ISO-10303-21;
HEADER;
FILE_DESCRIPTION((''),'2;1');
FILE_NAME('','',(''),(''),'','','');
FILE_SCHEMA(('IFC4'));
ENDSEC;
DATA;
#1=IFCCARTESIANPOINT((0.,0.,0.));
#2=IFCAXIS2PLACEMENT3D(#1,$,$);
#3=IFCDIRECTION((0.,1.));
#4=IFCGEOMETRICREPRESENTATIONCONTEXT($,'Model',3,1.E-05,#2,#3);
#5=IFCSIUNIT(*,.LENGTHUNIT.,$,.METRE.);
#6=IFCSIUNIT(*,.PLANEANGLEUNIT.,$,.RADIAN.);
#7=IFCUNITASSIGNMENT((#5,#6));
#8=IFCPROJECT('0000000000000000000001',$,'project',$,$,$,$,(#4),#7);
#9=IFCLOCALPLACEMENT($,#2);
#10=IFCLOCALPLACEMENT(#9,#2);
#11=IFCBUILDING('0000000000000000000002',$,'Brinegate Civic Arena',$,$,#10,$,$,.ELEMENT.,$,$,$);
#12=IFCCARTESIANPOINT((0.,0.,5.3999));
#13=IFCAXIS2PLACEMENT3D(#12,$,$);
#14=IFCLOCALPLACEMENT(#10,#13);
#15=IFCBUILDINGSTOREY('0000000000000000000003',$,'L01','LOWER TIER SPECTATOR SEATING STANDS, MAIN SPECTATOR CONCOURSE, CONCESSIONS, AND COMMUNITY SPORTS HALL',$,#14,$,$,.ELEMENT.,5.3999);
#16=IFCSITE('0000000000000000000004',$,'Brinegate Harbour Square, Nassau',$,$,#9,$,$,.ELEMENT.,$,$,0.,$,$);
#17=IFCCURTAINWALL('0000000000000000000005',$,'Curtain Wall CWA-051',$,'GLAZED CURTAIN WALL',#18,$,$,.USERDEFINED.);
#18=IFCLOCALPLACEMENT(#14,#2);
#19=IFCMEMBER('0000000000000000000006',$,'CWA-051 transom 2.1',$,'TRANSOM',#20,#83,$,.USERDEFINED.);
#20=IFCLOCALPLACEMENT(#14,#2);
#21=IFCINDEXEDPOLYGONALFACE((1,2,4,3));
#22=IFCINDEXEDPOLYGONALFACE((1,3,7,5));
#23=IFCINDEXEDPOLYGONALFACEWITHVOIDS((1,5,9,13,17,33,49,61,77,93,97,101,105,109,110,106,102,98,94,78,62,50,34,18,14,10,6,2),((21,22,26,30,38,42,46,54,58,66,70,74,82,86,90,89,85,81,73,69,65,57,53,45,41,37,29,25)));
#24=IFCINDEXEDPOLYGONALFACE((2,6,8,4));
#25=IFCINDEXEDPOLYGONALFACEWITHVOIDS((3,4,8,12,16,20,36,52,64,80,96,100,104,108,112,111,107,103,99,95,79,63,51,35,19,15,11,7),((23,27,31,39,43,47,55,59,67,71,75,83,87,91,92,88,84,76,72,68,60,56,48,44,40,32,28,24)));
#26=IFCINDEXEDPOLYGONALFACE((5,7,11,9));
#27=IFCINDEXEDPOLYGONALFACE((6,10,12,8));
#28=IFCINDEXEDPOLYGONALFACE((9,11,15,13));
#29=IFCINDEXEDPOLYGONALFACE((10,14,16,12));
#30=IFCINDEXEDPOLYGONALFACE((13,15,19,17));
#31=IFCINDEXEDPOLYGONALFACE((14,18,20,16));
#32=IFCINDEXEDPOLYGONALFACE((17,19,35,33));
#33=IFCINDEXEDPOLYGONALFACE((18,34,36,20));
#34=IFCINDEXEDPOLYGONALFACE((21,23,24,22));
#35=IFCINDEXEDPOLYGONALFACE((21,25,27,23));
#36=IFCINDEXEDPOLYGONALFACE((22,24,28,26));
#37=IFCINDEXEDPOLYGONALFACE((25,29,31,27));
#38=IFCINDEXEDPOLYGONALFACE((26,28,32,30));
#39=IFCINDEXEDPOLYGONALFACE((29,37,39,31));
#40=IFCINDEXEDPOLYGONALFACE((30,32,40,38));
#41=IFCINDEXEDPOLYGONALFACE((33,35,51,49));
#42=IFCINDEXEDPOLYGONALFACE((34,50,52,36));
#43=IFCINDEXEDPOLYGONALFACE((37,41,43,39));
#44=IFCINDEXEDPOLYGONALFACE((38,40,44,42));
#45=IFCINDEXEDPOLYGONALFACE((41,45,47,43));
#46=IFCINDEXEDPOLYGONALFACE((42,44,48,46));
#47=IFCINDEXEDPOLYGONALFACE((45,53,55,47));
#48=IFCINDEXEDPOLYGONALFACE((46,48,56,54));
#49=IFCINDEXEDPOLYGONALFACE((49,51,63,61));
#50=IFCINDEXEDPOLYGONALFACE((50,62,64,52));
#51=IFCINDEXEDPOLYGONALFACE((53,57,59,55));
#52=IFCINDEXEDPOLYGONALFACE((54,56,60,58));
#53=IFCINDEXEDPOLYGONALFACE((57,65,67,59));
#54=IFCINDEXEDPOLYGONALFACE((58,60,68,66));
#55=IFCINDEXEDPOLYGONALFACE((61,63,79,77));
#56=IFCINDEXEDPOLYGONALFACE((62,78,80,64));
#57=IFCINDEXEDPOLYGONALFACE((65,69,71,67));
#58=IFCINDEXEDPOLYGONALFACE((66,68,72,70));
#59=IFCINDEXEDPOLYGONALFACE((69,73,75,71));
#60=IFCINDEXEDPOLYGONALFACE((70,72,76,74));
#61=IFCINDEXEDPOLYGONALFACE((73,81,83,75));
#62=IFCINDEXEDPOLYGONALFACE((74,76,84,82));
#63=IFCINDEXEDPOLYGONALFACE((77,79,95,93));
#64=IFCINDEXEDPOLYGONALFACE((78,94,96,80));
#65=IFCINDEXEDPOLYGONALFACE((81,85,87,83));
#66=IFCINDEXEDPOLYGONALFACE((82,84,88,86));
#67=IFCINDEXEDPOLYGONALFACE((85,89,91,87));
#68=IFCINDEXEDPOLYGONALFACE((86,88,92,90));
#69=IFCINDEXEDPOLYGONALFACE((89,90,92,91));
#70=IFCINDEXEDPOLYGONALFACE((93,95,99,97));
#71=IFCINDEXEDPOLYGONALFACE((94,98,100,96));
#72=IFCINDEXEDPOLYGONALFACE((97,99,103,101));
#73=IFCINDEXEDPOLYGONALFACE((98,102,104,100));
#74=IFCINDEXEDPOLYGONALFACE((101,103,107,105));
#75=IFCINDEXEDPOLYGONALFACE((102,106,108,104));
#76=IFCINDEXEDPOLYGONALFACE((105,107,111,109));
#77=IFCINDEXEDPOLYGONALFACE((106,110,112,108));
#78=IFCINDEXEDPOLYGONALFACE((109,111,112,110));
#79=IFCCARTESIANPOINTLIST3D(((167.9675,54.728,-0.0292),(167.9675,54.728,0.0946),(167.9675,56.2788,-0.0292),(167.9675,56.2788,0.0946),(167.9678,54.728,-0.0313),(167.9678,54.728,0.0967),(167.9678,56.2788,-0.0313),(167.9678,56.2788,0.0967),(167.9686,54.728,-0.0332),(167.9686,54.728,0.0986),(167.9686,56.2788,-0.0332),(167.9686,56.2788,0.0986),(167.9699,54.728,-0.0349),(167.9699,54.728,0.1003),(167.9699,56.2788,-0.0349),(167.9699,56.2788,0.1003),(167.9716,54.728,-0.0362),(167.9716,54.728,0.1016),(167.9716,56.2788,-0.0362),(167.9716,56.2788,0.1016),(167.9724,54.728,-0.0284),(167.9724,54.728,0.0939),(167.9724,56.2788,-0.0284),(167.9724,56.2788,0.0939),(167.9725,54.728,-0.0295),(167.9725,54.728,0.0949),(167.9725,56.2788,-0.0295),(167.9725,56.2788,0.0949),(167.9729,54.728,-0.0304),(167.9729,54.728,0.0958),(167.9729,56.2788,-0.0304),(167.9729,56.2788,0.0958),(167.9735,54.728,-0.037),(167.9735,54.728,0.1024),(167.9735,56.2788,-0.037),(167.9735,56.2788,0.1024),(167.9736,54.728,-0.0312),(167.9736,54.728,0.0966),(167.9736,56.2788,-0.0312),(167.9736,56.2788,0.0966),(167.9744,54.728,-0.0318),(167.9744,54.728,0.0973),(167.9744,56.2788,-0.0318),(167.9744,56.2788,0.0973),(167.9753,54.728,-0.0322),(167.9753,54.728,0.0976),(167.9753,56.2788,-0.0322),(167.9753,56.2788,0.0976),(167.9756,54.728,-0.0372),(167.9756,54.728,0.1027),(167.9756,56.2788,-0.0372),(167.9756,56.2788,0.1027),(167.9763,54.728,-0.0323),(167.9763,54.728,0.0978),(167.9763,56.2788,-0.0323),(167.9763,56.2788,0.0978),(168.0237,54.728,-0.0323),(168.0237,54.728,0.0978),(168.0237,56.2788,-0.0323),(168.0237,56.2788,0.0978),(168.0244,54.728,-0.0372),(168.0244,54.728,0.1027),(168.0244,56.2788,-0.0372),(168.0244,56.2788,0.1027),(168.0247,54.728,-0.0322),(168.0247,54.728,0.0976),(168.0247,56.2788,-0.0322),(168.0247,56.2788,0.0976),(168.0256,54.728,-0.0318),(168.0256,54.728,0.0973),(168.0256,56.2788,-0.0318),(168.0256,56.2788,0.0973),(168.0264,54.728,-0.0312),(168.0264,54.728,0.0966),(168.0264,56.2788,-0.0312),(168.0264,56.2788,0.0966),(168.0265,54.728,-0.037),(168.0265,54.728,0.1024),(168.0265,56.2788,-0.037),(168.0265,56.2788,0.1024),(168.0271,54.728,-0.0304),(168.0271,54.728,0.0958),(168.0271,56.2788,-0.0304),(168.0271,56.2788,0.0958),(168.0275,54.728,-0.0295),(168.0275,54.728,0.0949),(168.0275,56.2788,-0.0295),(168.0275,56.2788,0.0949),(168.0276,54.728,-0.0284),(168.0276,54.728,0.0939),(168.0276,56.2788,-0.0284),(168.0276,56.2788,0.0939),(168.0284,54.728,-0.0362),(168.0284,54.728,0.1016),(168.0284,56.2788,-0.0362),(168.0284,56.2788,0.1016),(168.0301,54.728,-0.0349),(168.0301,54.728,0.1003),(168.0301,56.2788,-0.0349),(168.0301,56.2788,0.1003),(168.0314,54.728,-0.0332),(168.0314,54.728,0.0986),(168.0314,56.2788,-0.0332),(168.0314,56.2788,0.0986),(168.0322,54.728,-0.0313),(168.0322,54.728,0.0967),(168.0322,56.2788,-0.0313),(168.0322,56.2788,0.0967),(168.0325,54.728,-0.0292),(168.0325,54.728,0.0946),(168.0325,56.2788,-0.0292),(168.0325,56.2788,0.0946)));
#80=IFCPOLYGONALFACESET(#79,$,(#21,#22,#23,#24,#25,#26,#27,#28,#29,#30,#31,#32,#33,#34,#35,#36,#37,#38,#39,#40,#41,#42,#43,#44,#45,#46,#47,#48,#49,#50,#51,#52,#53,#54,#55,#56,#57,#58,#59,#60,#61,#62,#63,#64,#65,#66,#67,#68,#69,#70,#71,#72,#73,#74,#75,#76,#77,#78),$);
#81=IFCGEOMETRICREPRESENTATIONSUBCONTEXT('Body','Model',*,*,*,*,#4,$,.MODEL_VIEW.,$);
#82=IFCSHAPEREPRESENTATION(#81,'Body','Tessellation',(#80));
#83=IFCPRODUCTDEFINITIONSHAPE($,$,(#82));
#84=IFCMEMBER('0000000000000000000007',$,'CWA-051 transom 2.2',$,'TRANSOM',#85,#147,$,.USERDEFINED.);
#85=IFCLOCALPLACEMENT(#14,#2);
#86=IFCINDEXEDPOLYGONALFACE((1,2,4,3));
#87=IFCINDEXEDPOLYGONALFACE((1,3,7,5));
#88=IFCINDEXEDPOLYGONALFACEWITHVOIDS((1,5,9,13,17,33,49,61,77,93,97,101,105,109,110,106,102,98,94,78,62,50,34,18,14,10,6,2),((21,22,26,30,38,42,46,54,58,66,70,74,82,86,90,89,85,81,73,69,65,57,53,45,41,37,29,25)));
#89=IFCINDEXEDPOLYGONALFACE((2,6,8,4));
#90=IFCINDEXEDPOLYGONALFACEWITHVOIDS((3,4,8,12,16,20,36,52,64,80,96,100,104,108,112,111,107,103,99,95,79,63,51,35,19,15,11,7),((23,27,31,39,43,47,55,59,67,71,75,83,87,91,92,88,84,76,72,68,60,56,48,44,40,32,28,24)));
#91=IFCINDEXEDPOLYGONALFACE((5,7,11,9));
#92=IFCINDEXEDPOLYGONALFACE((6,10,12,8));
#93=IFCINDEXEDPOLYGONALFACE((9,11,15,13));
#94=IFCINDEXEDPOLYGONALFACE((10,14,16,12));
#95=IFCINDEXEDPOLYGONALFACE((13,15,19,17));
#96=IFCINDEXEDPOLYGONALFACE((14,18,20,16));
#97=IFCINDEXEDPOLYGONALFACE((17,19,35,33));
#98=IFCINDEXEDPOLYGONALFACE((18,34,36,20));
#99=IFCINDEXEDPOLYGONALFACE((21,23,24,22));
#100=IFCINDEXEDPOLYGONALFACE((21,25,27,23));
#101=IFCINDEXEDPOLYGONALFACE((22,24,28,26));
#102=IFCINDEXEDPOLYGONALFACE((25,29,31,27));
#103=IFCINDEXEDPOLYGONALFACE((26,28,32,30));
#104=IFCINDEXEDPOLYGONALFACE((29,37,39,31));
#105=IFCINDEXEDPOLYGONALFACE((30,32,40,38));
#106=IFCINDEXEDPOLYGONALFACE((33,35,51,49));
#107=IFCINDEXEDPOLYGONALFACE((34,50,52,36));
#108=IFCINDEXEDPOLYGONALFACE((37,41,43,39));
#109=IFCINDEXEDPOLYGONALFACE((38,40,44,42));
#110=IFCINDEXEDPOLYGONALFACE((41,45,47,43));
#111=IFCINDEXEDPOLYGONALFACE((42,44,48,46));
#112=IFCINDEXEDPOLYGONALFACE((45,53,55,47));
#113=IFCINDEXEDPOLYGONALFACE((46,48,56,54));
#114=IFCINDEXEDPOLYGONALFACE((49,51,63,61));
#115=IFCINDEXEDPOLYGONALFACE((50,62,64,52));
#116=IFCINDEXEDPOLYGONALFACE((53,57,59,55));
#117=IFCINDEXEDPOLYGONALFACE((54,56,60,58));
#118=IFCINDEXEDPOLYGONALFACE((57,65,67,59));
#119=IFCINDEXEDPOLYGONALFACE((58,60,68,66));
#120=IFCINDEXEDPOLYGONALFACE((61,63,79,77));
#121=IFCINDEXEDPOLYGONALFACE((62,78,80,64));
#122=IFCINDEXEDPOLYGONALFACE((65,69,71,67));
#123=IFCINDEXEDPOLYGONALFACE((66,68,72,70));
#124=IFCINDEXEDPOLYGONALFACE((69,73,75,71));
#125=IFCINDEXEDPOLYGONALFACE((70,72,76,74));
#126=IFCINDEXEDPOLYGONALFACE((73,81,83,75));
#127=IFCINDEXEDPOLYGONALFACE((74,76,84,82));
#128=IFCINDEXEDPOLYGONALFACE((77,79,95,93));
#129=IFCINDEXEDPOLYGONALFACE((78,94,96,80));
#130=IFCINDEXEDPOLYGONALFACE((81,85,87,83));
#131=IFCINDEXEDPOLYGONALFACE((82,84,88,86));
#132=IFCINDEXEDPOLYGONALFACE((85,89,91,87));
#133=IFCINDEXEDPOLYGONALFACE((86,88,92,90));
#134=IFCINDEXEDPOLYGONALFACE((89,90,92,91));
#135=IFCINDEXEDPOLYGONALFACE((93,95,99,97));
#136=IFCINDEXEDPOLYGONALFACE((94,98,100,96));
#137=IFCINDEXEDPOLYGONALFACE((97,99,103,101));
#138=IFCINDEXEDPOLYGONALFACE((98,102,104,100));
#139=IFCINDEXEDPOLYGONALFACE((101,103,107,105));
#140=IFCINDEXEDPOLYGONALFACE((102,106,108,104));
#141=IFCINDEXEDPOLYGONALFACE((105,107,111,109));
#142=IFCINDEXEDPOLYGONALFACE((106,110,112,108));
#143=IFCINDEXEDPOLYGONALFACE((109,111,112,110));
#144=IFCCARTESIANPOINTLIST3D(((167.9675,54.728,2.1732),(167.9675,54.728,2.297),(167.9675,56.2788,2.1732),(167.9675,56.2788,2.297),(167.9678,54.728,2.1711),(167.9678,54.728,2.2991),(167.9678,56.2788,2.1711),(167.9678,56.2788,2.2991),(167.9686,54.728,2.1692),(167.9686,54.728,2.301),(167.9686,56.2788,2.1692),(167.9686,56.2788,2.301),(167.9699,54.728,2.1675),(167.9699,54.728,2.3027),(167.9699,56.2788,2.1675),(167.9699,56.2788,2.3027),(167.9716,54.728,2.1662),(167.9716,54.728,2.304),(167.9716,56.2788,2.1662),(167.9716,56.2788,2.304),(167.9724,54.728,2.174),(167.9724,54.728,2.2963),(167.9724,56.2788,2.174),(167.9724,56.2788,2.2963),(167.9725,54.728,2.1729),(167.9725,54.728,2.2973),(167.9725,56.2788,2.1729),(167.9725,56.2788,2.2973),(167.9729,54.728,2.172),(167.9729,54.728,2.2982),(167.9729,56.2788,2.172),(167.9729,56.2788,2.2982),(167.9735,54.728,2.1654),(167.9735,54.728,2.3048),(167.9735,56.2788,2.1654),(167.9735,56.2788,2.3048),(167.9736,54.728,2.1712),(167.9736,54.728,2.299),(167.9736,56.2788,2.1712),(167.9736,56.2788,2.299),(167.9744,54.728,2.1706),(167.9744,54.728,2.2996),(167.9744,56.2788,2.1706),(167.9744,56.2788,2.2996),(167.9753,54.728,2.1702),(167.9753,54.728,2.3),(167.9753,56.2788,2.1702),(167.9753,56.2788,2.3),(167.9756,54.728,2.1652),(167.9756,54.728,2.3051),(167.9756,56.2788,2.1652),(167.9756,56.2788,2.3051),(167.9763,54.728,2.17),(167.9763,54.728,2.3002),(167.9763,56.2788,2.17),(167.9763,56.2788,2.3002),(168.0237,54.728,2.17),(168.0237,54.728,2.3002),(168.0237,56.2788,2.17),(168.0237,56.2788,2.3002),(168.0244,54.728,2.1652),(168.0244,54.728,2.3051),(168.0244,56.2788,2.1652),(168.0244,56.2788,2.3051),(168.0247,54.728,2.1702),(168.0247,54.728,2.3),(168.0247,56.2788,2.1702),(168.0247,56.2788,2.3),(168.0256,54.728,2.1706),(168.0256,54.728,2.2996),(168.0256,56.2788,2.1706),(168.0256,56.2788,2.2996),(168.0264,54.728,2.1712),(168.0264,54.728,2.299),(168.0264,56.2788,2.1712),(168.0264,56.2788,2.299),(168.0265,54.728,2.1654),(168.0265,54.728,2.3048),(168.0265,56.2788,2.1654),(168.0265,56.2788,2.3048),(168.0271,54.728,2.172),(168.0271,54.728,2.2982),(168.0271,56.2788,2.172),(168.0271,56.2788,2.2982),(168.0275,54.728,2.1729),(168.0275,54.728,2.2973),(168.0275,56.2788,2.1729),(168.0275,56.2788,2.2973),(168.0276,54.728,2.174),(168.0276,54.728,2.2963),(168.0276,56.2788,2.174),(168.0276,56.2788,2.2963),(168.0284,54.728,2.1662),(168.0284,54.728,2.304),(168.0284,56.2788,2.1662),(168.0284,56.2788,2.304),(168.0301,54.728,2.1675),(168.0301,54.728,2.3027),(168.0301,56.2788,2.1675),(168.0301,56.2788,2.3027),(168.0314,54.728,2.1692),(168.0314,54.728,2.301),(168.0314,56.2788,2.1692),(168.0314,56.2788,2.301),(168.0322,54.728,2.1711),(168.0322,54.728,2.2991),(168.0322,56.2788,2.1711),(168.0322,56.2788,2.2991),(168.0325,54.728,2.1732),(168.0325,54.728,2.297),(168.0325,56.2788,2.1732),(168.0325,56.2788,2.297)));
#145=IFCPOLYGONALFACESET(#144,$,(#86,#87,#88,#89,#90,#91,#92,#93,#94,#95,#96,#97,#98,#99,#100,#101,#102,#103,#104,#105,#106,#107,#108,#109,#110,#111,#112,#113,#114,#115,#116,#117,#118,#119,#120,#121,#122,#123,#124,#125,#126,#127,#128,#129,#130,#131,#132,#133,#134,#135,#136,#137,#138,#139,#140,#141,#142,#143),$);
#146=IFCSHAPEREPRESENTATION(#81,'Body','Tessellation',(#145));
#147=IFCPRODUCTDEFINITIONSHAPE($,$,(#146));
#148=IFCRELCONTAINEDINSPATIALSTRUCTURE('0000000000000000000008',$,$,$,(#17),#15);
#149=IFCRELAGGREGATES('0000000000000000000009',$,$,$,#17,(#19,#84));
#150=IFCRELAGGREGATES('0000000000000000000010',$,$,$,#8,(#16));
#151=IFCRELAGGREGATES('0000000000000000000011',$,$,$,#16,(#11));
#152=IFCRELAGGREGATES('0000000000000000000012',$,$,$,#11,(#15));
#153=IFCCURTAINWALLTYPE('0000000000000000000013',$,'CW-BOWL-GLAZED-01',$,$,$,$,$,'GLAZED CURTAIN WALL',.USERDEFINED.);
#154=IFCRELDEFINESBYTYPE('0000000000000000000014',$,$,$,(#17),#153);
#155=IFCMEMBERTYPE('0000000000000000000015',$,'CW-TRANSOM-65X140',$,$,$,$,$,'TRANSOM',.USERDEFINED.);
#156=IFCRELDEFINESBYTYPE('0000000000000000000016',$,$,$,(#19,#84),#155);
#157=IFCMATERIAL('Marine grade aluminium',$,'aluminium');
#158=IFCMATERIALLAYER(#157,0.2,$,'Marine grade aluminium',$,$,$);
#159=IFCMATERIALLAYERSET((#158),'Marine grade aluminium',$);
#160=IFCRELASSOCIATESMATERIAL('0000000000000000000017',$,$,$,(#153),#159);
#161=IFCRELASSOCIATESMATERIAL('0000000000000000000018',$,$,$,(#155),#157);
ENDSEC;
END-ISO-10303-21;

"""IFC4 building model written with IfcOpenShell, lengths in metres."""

from ifc_helpers import new_model, si_unit, direction, frame, origin, origin_2d, place, context, subcontext, project, spatial, hollow_rectangle, extrude, material, layer, layer_set, material_profile, profile_set, type_object, element, aggregate, save


model = new_model("IFC4")

# Units and contexts
model_context = context("Model", 3, precision=1e-05, world=origin(), true_north=direction((0.0, 1.0)))
body_context = subcontext(model_context, "Body", "Model", "MODEL_VIEW")
ifc_project = project(units=[si_unit("LENGTHUNIT", "METRE"), si_unit("PLANEANGLEUNIT", "RADIAN")], contexts=[model_context])

# Site, building, storey
site_placement = place(None, origin())
site = spatial("IfcSite", under=ifc_project, at=site_placement, Name="Brinegate Harbour Square, Nassau", CompositionType="ELEMENT", RefElevation=0.0)
building_placement = place(site_placement, origin())
building = spatial("IfcBuilding", under=site, at=building_placement, Name="Brinegate Civic Arena", CompositionType="ELEMENT")
storey_placement = place(building_placement, frame((0.0, 0.0, 5.3999)))
storey = spatial("IfcBuildingStorey", under=building, at=storey_placement, Name="L01", Description="LOWER TIER SPECTATOR SEATING STANDS, MAIN SPECTATOR CONCOURSE, CONCESSIONS, AND COMMUNITY SPORTS HALL", CompositionType="ELEMENT", Elevation=5.3999)

# Curtain wall
ifc_material_1 = material(Name="Marine grade aluminium", Category="aluminium")
ifc_layer_1 = layer(ifc_material_1, 0.2, Name="Marine grade aluminium")
ifc_layer_set_1 = layer_set([ifc_layer_1], Name="Marine grade aluminium")
curtain_wall_type = type_object("IfcCurtainWallType", Name="CW-BOWL-GLAZED-01", ElementType="GLAZED CURTAIN WALL", PredefinedType="USERDEFINED", material=ifc_layer_set_1)
curtain_wall_1_placement = place(storey_placement, origin())
curtain_wall_1 = element("IfcCurtainWall", 1, at=curtain_wall_1_placement, inside=storey, type_object=curtain_wall_type, Name="Curtain Wall CWA-051", ObjectType="GLAZED CURTAIN WALL", PredefinedType="USERDEFINED")

# Members
ifc_material_profile_1 = material_profile(ifc_material_1, hollow_rectangle(XDim=0.0649, YDim=0.1399, WallThickness=0.0049, InnerFilletRadius=0.0039, OuterFilletRadius=0.0081, at=origin_2d()), Name="TRN65X140")
ifc_profile_set_1 = profile_set([ifc_material_profile_1], Name="Marine grade aluminium")
member_type_1 = type_object("IfcMemberType", Name="CW-TRANSOM-65X140", ElementType="TRANSOM", PredefinedType="USERDEFINED", material=ifc_profile_set_1)
member_1_placement = place(storey_placement, frame((168.0, 54.728, 0.0327), z_axis=(0.0, 1.0, 0.0), x_axis=(-1.0, 0.0, 0.0)))
member_1 = element("IfcMember", 2, at=member_1_placement, type_object=member_type_1, Name="CWA-051 transom 2.1", ObjectType="TRANSOM", PredefinedType="USERDEFINED", context=body_context, shape_type="SweptSolid", body=[
    extrude(hollow_rectangle(XDim=0.0649, YDim=0.1399, WallThickness=0.0049, InnerFilletRadius=0.0039, OuterFilletRadius=0.0081, at=origin_2d()), origin(), (0.0, 0.0, 1.0), 1.5508),
])
member_2_placement = place(storey_placement, frame((168.0, 54.728, 2.2351), z_axis=(0.0, 1.0, 0.0), x_axis=(-1.0, 0.0, 0.0)))
member_2 = element("IfcMember", 3, at=member_2_placement, type_object=member_type_1, Name="CWA-051 transom 2.2", ObjectType="TRANSOM", PredefinedType="USERDEFINED", context=body_context, shape_type="SweptSolid", body=[
    extrude(hollow_rectangle(XDim=0.0649, YDim=0.1399, WallThickness=0.0049, InnerFilletRadius=0.0039, OuterFilletRadius=0.0081, at=origin_2d()), origin(), (0.0, 0.0, 1.0), 1.5508),
])

aggregate(curtain_wall_1, [member_1, member_2])

save(model, "model.ifc")
